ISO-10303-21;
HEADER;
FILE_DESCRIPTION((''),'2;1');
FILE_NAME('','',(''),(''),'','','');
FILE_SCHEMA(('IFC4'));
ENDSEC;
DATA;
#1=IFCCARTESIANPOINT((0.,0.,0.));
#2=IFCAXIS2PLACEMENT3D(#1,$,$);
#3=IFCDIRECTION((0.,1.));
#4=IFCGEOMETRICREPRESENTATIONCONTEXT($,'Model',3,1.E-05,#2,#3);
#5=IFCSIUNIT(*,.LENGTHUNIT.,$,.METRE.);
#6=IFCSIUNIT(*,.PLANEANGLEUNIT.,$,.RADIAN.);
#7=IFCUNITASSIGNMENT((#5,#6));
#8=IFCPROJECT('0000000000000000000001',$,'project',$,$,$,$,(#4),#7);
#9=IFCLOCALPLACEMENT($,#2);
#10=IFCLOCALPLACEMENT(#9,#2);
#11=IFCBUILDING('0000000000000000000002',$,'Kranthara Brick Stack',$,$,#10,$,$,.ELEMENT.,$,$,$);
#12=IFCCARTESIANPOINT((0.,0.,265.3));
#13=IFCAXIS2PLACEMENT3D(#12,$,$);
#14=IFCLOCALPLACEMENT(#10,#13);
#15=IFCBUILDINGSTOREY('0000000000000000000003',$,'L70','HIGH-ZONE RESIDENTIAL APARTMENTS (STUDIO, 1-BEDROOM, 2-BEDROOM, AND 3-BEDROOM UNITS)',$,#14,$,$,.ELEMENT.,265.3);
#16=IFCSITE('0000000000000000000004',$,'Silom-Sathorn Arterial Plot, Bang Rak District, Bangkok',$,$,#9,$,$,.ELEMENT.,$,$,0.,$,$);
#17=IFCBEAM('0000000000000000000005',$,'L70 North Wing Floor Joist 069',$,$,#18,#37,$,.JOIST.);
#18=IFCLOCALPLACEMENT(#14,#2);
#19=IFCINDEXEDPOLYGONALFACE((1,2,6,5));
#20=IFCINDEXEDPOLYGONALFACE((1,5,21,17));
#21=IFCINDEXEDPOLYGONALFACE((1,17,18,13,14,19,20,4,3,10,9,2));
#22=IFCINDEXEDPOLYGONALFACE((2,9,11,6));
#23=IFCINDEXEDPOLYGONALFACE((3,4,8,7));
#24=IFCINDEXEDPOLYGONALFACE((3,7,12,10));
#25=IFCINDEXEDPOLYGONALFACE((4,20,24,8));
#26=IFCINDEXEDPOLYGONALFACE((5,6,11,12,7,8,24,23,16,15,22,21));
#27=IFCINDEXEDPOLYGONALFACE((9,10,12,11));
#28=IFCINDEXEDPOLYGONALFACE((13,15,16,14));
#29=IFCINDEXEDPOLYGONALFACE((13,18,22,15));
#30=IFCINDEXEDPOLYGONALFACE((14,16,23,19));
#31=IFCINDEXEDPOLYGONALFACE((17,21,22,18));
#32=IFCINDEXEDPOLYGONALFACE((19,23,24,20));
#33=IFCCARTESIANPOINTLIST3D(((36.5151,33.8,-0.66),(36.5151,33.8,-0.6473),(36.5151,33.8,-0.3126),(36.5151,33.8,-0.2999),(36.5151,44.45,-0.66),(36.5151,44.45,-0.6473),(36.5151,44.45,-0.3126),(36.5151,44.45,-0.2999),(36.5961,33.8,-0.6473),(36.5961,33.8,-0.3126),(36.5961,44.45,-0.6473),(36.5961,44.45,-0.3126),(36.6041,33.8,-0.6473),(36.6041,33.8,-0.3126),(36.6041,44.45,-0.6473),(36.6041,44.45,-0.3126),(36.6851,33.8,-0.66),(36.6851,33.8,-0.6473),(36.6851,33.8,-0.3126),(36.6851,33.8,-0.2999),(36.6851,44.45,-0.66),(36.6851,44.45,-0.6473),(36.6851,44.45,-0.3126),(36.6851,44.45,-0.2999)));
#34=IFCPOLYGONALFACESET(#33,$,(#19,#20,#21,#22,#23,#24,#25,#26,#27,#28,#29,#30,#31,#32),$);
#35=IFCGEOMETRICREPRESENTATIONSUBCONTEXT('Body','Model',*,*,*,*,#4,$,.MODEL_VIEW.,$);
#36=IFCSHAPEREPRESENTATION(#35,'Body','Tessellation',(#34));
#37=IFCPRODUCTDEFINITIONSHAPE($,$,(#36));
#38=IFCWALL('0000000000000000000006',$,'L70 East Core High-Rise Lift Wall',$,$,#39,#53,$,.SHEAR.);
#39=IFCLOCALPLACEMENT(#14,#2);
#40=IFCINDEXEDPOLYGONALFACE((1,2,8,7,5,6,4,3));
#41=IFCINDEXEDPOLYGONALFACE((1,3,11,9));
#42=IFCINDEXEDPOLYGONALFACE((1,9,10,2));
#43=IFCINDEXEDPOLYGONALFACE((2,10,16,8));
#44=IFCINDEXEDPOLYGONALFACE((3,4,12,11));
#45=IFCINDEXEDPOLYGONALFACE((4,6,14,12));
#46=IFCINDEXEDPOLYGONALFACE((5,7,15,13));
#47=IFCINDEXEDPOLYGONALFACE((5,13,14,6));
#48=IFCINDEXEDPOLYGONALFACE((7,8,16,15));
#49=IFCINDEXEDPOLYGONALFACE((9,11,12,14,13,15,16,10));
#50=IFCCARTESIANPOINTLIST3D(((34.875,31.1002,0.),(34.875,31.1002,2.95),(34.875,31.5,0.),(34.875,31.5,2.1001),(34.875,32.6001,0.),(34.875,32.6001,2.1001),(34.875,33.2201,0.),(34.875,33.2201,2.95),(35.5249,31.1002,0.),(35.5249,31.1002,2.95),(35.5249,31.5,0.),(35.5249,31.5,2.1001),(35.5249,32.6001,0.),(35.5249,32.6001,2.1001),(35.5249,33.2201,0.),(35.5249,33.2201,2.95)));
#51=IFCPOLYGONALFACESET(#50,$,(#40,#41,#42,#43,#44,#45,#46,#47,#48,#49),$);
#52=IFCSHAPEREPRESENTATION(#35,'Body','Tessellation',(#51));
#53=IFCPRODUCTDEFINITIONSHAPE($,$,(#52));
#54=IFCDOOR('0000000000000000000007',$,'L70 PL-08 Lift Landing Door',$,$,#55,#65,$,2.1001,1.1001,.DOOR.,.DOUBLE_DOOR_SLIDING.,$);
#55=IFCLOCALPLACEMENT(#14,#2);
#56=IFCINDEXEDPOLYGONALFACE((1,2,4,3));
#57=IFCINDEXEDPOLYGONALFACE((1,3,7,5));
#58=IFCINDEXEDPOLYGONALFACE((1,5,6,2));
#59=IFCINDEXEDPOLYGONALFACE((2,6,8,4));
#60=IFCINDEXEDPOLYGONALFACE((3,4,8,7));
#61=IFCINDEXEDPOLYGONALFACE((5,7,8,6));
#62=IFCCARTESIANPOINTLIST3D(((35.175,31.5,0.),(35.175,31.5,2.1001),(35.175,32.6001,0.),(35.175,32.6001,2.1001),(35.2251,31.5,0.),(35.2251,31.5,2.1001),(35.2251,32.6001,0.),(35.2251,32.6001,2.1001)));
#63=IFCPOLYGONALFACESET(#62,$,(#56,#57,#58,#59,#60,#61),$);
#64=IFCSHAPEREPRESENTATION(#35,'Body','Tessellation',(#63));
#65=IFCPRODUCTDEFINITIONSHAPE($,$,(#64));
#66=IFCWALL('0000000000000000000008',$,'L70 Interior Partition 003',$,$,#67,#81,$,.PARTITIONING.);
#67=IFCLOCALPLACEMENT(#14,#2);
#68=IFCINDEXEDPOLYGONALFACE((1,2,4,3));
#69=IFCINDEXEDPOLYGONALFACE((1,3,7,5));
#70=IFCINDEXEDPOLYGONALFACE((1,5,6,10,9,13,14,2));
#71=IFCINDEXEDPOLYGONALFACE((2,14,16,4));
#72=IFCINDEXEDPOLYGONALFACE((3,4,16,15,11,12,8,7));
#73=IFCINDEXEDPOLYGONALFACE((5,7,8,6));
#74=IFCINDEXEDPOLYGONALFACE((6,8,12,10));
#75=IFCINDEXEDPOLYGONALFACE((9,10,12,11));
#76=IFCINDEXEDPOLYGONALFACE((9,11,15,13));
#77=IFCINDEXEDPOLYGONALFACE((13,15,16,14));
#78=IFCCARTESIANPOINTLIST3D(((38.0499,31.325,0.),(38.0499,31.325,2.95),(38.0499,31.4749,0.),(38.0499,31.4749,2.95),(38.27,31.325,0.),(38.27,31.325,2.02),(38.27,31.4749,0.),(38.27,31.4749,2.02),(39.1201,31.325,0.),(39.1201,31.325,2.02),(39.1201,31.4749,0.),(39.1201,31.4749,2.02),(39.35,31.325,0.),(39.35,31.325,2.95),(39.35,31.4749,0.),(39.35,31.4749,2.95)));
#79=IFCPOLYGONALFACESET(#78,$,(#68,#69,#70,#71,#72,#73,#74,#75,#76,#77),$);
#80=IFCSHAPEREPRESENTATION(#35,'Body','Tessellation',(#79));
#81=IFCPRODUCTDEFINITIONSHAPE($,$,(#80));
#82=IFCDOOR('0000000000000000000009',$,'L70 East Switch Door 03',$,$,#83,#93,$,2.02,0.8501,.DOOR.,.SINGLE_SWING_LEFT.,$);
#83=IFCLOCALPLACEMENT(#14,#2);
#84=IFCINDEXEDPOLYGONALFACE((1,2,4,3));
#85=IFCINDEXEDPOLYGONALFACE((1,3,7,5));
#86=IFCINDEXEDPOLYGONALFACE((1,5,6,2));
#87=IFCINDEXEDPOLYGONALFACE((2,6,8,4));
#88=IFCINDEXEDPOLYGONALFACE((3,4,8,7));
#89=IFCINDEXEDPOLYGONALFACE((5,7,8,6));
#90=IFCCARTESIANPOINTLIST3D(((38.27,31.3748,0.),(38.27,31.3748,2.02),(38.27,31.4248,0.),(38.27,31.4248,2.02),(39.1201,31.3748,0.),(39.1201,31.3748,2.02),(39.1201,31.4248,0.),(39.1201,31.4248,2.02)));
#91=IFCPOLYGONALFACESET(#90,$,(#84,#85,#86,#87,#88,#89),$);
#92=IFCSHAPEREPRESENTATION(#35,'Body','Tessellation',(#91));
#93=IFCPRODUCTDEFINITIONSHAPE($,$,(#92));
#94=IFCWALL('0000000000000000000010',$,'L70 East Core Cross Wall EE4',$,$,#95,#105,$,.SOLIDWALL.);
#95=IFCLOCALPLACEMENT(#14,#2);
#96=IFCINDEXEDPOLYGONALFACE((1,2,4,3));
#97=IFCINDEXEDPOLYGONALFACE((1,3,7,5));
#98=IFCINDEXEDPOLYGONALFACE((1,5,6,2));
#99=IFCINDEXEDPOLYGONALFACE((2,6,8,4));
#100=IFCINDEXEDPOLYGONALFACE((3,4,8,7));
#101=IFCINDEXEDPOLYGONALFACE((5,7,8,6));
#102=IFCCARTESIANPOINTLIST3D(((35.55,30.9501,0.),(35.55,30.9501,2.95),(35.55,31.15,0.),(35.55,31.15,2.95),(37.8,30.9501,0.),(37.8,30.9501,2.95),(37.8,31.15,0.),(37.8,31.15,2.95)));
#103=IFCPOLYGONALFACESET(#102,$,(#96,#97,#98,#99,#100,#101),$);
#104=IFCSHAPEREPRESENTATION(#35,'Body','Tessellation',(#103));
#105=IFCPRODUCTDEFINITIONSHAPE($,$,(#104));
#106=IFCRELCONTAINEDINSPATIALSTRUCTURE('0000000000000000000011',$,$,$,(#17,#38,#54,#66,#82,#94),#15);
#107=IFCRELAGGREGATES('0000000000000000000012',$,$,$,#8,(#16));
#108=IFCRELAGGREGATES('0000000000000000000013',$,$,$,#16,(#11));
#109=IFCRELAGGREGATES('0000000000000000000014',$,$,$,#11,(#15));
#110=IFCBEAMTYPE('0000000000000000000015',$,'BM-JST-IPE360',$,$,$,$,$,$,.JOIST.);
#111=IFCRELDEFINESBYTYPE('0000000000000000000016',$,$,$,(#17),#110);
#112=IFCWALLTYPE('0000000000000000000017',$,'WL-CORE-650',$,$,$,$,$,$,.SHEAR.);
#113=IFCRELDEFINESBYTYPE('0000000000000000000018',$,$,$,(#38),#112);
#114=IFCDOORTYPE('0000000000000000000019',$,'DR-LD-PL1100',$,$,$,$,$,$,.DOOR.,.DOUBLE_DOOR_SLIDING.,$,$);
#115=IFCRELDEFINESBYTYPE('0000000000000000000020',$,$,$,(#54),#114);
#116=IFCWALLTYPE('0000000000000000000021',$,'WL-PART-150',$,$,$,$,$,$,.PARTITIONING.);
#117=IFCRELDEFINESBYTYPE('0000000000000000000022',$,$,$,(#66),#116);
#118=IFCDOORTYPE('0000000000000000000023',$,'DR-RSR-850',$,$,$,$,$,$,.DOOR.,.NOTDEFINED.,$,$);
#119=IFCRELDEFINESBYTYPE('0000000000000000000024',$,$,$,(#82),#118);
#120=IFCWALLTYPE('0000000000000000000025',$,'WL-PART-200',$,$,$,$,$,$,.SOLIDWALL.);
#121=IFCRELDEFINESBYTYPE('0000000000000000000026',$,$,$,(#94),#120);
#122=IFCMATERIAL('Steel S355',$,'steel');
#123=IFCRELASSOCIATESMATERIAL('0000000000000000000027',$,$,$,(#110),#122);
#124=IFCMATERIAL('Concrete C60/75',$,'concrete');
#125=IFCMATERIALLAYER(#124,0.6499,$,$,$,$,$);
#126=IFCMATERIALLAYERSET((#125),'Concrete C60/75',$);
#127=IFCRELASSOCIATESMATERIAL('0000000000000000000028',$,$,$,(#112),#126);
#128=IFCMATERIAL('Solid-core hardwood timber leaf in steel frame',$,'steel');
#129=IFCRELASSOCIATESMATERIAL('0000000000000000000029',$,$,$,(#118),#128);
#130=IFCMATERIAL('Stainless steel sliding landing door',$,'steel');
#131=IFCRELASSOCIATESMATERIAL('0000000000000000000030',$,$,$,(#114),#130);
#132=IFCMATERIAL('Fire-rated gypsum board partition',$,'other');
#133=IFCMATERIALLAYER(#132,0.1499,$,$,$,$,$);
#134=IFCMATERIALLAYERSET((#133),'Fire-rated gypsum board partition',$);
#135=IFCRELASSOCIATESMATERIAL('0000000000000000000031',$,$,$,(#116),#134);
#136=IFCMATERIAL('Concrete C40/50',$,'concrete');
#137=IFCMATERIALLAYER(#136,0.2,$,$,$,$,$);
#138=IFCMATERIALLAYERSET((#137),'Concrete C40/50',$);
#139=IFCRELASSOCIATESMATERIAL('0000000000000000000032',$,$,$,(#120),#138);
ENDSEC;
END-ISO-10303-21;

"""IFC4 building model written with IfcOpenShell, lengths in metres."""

from ifc_helpers import new_model, si_unit, direction, frame, frame_2d, origin, origin_2d, place, context, subcontext, project, spatial, rectangle, i_section, extrude, material, layer, layer_set, material_profile, profile_set, type_object, element, fill, save


model = new_model("IFC4")

# Units and contexts
model_context = context("Model", 3, precision=1e-05, world=origin(), true_north=direction((0.0, 1.0)))
body_context = subcontext(model_context, "Body", "Model", "MODEL_VIEW")
ifc_project = project(units=[si_unit("LENGTHUNIT", "METRE"), si_unit("PLANEANGLEUNIT", "RADIAN")], contexts=[model_context])

# Site, building, storey
site_placement = place(None, origin())
site = spatial("IfcSite", under=ifc_project, at=site_placement, Name="Silom-Sathorn Arterial Plot, Bang Rak District, Bangkok", CompositionType="ELEMENT", RefElevation=0.0)
building_placement = place(site_placement, origin())
building = spatial("IfcBuilding", under=site, at=building_placement, Name="Kranthara Brick Stack", CompositionType="ELEMENT")
storey_placement = place(building_placement, frame((0.0, 0.0, 265.3)))
storey = spatial("IfcBuildingStorey", under=building, at=storey_placement, Name="L70", Description="HIGH-ZONE RESIDENTIAL APARTMENTS (STUDIO, 1-BEDROOM, 2-BEDROOM, AND 3-BEDROOM UNITS)", CompositionType="ELEMENT", Elevation=265.3)

# Beam
ifc_material_1 = material(Name="Steel S355", Category="steel")
ifc_material_profile_1 = material_profile(ifc_material_1, i_section(OverallWidth=0.1699, OverallDepth=0.3601, WebThickness=0.0081, FlangeThickness=0.0127, at=origin_2d()), Name="IPE 360")
ifc_profile_set_1 = profile_set([ifc_material_profile_1], Name="Steel S355")
beam_type_1 = type_object("IfcBeamType", Name="BM-JST-IPE360", PredefinedType="JOIST", material=ifc_profile_set_1)
beam_1_placement = place(storey_placement, frame((36.6001, 33.8, -0.48), z_axis=(0.0, 1.0, 0.0), x_axis=(-1.0, 0.0, 0.0)))
element("IfcBeam", 1, at=beam_1_placement, inside=storey, type_object=beam_type_1, Name="L70 North Wing Floor Joist 069", PredefinedType="JOIST", context=body_context, shape_type="SweptSolid", body=[
    extrude(i_section(OverallWidth=0.1699, OverallDepth=0.3601, WebThickness=0.0081, FlangeThickness=0.0127, at=origin_2d()), origin(), (0.0, 0.0, 1.0), 10.6499),
])

# Shared definitions
ifc_material_2 = material(Name="Concrete C60/75", Category="concrete")
ifc_layer_1 = layer(ifc_material_2, 0.6499)
ifc_layer_set_1 = layer_set([ifc_layer_1], Name="Concrete C60/75")
wall_type_1 = type_object("IfcWallType", Name="WL-CORE-650", PredefinedType="SHEAR", material=ifc_layer_set_1)
ifc_material_3 = material(Name="Solid-core hardwood timber leaf in steel frame", Category="steel")
door_type_1 = type_object("IfcDoorType", Name="DR-RSR-850", OperationType="NOTDEFINED", PredefinedType="DOOR", material=ifc_material_3)

# Walls, openings, doors
wall_1_placement = place(storey_placement, frame((35.2, 31.1001, 0.0), z_axis=(0.0, 0.0, 1.0), x_axis=(0.0, 1.0, 0.0)))
wall_1 = element("IfcWall", 2, at=wall_1_placement, inside=storey, type_object=wall_type_1, Name="L70 East Core High-Rise Lift Wall", PredefinedType="SHEAR", context=body_context, shape_type="SweptSolid", body=[
    extrude(rectangle(XDim=2.1199, YDim=0.6499, at=frame_2d((1.0601, 0.0))), origin(), (0.0, 0.0, 1.0), 2.95),
])
opening_1_placement = place(wall_1_placement, frame((0.3999, 0.0, 0.0)))
opening_1 = element("IfcOpeningElement", 3, at=opening_1_placement, cuts=wall_1, PredefinedType="OPENING", context=body_context, shape_type="SweptSolid", body=[
    extrude(rectangle(XDim=1.1001, YDim=2.1001, at=frame_2d((0.55, 1.05))), frame((0.0, 0.335, 0.0), z_axis=(0.0, -1.0, 0.0), x_axis=(1.0, 0.0, 0.0)), (0.0, 0.0, 1.0), 0.6699),
])
ifc_material_4 = material(Name="Stainless steel sliding landing door", Category="steel")
door_type_2 = type_object("IfcDoorType", Name="DR-LD-PL1100", OperationType="DOUBLE_DOOR_SLIDING", PredefinedType="DOOR", material=ifc_material_4)
door_1_placement = place(opening_1_placement, origin())
door_1 = element("IfcDoor", 4, at=door_1_placement, inside=storey, type_object=door_type_2, Name="L70 PL-08 Lift Landing Door", OperationType="DOUBLE_DOOR_SLIDING", OverallHeight=2.1001, OverallWidth=1.1001, PredefinedType="DOOR", context=body_context, shape_type="SweptSolid", body=[
    extrude(rectangle(XDim=1.1001, YDim=2.1001, at=frame_2d((0.55, 1.05))), frame((0.0, 0.0249, 0.0), z_axis=(0.0, -1.0, 0.0), x_axis=(1.0, 0.0, 0.0)), (0.0, 0.0, 1.0), 0.05),
])
fill(opening_1, door_1)
ifc_material_5 = material(Name="Fire-rated gypsum board partition", Category="other")
ifc_layer_2 = layer(ifc_material_5, 0.1499)
ifc_layer_set_2 = layer_set([ifc_layer_2], Name="Fire-rated gypsum board partition")
wall_type_2 = type_object("IfcWallType", Name="WL-PART-150", PredefinedType="PARTITIONING", material=ifc_layer_set_2)
wall_2_placement = place(storey_placement, frame((38.05, 31.3999, 0.0), z_axis=(0.0, 0.0, 1.0), x_axis=(1.0, 0.0, 0.0)))
wall_2 = element("IfcWall", 5, at=wall_2_placement, inside=storey, type_object=wall_type_2, Name="L70 Interior Partition 003", PredefinedType="PARTITIONING", context=body_context, shape_type="SweptSolid", body=[
    extrude(rectangle(XDim=1.3, YDim=0.1499, at=frame_2d((0.6499, 0.0))), origin(), (0.0, 0.0, 1.0), 2.95),
])
opening_2_placement = place(wall_2_placement, frame((0.22, 0.0, 0.0)))
opening_2 = element("IfcOpeningElement", 6, at=opening_2_placement, cuts=wall_2, PredefinedType="OPENING", context=body_context, shape_type="SweptSolid", body=[
    extrude(rectangle(XDim=0.8501, YDim=2.02, at=frame_2d((0.425, 1.01))), frame((0.0, 0.085, 0.0), z_axis=(0.0, -1.0, 0.0), x_axis=(1.0, 0.0, 0.0)), (0.0, 0.0, 1.0), 0.1699),
])
door_2_placement = place(opening_2_placement, origin())
door_2 = element("IfcDoor", 7, at=door_2_placement, inside=storey, type_object=door_type_1, Name="L70 East Switch Door 03", OperationType="SINGLE_SWING_LEFT", OverallHeight=2.02, OverallWidth=0.8501, PredefinedType="DOOR", context=body_context, shape_type="SweptSolid", body=[
    extrude(rectangle(XDim=0.8501, YDim=2.02, at=frame_2d((0.425, 1.01))), frame((0.0, 0.0249, 0.0), z_axis=(0.0, -1.0, 0.0), x_axis=(1.0, 0.0, 0.0)), (0.0, 0.0, 1.0), 0.05),
])
fill(opening_2, door_2)

# Wall
ifc_material_6 = material(Name="Concrete C40/50", Category="concrete")
ifc_layer_3 = layer(ifc_material_6, 0.2)
ifc_layer_set_3 = layer_set([ifc_layer_3], Name="Concrete C40/50")
wall_type_3 = type_object("IfcWallType", Name="WL-PART-200", PredefinedType="SOLIDWALL", material=ifc_layer_set_3)
wall_3_placement = place(storey_placement, frame((35.55, 31.05, 0.0), z_axis=(0.0, 0.0, 1.0), x_axis=(1.0, 0.0, 0.0)))
element("IfcWall", 8, at=wall_3_placement, inside=storey, type_object=wall_type_3, Name="L70 East Core Cross Wall EE4", PredefinedType="SOLIDWALL", context=body_context, shape_type="SweptSolid", body=[
    extrude(rectangle(XDim=2.25, YDim=0.2, at=frame_2d((1.125, 0.0))), origin(), (0.0, 0.0, 1.0), 2.95),
])

save(model, "model.ifc")
